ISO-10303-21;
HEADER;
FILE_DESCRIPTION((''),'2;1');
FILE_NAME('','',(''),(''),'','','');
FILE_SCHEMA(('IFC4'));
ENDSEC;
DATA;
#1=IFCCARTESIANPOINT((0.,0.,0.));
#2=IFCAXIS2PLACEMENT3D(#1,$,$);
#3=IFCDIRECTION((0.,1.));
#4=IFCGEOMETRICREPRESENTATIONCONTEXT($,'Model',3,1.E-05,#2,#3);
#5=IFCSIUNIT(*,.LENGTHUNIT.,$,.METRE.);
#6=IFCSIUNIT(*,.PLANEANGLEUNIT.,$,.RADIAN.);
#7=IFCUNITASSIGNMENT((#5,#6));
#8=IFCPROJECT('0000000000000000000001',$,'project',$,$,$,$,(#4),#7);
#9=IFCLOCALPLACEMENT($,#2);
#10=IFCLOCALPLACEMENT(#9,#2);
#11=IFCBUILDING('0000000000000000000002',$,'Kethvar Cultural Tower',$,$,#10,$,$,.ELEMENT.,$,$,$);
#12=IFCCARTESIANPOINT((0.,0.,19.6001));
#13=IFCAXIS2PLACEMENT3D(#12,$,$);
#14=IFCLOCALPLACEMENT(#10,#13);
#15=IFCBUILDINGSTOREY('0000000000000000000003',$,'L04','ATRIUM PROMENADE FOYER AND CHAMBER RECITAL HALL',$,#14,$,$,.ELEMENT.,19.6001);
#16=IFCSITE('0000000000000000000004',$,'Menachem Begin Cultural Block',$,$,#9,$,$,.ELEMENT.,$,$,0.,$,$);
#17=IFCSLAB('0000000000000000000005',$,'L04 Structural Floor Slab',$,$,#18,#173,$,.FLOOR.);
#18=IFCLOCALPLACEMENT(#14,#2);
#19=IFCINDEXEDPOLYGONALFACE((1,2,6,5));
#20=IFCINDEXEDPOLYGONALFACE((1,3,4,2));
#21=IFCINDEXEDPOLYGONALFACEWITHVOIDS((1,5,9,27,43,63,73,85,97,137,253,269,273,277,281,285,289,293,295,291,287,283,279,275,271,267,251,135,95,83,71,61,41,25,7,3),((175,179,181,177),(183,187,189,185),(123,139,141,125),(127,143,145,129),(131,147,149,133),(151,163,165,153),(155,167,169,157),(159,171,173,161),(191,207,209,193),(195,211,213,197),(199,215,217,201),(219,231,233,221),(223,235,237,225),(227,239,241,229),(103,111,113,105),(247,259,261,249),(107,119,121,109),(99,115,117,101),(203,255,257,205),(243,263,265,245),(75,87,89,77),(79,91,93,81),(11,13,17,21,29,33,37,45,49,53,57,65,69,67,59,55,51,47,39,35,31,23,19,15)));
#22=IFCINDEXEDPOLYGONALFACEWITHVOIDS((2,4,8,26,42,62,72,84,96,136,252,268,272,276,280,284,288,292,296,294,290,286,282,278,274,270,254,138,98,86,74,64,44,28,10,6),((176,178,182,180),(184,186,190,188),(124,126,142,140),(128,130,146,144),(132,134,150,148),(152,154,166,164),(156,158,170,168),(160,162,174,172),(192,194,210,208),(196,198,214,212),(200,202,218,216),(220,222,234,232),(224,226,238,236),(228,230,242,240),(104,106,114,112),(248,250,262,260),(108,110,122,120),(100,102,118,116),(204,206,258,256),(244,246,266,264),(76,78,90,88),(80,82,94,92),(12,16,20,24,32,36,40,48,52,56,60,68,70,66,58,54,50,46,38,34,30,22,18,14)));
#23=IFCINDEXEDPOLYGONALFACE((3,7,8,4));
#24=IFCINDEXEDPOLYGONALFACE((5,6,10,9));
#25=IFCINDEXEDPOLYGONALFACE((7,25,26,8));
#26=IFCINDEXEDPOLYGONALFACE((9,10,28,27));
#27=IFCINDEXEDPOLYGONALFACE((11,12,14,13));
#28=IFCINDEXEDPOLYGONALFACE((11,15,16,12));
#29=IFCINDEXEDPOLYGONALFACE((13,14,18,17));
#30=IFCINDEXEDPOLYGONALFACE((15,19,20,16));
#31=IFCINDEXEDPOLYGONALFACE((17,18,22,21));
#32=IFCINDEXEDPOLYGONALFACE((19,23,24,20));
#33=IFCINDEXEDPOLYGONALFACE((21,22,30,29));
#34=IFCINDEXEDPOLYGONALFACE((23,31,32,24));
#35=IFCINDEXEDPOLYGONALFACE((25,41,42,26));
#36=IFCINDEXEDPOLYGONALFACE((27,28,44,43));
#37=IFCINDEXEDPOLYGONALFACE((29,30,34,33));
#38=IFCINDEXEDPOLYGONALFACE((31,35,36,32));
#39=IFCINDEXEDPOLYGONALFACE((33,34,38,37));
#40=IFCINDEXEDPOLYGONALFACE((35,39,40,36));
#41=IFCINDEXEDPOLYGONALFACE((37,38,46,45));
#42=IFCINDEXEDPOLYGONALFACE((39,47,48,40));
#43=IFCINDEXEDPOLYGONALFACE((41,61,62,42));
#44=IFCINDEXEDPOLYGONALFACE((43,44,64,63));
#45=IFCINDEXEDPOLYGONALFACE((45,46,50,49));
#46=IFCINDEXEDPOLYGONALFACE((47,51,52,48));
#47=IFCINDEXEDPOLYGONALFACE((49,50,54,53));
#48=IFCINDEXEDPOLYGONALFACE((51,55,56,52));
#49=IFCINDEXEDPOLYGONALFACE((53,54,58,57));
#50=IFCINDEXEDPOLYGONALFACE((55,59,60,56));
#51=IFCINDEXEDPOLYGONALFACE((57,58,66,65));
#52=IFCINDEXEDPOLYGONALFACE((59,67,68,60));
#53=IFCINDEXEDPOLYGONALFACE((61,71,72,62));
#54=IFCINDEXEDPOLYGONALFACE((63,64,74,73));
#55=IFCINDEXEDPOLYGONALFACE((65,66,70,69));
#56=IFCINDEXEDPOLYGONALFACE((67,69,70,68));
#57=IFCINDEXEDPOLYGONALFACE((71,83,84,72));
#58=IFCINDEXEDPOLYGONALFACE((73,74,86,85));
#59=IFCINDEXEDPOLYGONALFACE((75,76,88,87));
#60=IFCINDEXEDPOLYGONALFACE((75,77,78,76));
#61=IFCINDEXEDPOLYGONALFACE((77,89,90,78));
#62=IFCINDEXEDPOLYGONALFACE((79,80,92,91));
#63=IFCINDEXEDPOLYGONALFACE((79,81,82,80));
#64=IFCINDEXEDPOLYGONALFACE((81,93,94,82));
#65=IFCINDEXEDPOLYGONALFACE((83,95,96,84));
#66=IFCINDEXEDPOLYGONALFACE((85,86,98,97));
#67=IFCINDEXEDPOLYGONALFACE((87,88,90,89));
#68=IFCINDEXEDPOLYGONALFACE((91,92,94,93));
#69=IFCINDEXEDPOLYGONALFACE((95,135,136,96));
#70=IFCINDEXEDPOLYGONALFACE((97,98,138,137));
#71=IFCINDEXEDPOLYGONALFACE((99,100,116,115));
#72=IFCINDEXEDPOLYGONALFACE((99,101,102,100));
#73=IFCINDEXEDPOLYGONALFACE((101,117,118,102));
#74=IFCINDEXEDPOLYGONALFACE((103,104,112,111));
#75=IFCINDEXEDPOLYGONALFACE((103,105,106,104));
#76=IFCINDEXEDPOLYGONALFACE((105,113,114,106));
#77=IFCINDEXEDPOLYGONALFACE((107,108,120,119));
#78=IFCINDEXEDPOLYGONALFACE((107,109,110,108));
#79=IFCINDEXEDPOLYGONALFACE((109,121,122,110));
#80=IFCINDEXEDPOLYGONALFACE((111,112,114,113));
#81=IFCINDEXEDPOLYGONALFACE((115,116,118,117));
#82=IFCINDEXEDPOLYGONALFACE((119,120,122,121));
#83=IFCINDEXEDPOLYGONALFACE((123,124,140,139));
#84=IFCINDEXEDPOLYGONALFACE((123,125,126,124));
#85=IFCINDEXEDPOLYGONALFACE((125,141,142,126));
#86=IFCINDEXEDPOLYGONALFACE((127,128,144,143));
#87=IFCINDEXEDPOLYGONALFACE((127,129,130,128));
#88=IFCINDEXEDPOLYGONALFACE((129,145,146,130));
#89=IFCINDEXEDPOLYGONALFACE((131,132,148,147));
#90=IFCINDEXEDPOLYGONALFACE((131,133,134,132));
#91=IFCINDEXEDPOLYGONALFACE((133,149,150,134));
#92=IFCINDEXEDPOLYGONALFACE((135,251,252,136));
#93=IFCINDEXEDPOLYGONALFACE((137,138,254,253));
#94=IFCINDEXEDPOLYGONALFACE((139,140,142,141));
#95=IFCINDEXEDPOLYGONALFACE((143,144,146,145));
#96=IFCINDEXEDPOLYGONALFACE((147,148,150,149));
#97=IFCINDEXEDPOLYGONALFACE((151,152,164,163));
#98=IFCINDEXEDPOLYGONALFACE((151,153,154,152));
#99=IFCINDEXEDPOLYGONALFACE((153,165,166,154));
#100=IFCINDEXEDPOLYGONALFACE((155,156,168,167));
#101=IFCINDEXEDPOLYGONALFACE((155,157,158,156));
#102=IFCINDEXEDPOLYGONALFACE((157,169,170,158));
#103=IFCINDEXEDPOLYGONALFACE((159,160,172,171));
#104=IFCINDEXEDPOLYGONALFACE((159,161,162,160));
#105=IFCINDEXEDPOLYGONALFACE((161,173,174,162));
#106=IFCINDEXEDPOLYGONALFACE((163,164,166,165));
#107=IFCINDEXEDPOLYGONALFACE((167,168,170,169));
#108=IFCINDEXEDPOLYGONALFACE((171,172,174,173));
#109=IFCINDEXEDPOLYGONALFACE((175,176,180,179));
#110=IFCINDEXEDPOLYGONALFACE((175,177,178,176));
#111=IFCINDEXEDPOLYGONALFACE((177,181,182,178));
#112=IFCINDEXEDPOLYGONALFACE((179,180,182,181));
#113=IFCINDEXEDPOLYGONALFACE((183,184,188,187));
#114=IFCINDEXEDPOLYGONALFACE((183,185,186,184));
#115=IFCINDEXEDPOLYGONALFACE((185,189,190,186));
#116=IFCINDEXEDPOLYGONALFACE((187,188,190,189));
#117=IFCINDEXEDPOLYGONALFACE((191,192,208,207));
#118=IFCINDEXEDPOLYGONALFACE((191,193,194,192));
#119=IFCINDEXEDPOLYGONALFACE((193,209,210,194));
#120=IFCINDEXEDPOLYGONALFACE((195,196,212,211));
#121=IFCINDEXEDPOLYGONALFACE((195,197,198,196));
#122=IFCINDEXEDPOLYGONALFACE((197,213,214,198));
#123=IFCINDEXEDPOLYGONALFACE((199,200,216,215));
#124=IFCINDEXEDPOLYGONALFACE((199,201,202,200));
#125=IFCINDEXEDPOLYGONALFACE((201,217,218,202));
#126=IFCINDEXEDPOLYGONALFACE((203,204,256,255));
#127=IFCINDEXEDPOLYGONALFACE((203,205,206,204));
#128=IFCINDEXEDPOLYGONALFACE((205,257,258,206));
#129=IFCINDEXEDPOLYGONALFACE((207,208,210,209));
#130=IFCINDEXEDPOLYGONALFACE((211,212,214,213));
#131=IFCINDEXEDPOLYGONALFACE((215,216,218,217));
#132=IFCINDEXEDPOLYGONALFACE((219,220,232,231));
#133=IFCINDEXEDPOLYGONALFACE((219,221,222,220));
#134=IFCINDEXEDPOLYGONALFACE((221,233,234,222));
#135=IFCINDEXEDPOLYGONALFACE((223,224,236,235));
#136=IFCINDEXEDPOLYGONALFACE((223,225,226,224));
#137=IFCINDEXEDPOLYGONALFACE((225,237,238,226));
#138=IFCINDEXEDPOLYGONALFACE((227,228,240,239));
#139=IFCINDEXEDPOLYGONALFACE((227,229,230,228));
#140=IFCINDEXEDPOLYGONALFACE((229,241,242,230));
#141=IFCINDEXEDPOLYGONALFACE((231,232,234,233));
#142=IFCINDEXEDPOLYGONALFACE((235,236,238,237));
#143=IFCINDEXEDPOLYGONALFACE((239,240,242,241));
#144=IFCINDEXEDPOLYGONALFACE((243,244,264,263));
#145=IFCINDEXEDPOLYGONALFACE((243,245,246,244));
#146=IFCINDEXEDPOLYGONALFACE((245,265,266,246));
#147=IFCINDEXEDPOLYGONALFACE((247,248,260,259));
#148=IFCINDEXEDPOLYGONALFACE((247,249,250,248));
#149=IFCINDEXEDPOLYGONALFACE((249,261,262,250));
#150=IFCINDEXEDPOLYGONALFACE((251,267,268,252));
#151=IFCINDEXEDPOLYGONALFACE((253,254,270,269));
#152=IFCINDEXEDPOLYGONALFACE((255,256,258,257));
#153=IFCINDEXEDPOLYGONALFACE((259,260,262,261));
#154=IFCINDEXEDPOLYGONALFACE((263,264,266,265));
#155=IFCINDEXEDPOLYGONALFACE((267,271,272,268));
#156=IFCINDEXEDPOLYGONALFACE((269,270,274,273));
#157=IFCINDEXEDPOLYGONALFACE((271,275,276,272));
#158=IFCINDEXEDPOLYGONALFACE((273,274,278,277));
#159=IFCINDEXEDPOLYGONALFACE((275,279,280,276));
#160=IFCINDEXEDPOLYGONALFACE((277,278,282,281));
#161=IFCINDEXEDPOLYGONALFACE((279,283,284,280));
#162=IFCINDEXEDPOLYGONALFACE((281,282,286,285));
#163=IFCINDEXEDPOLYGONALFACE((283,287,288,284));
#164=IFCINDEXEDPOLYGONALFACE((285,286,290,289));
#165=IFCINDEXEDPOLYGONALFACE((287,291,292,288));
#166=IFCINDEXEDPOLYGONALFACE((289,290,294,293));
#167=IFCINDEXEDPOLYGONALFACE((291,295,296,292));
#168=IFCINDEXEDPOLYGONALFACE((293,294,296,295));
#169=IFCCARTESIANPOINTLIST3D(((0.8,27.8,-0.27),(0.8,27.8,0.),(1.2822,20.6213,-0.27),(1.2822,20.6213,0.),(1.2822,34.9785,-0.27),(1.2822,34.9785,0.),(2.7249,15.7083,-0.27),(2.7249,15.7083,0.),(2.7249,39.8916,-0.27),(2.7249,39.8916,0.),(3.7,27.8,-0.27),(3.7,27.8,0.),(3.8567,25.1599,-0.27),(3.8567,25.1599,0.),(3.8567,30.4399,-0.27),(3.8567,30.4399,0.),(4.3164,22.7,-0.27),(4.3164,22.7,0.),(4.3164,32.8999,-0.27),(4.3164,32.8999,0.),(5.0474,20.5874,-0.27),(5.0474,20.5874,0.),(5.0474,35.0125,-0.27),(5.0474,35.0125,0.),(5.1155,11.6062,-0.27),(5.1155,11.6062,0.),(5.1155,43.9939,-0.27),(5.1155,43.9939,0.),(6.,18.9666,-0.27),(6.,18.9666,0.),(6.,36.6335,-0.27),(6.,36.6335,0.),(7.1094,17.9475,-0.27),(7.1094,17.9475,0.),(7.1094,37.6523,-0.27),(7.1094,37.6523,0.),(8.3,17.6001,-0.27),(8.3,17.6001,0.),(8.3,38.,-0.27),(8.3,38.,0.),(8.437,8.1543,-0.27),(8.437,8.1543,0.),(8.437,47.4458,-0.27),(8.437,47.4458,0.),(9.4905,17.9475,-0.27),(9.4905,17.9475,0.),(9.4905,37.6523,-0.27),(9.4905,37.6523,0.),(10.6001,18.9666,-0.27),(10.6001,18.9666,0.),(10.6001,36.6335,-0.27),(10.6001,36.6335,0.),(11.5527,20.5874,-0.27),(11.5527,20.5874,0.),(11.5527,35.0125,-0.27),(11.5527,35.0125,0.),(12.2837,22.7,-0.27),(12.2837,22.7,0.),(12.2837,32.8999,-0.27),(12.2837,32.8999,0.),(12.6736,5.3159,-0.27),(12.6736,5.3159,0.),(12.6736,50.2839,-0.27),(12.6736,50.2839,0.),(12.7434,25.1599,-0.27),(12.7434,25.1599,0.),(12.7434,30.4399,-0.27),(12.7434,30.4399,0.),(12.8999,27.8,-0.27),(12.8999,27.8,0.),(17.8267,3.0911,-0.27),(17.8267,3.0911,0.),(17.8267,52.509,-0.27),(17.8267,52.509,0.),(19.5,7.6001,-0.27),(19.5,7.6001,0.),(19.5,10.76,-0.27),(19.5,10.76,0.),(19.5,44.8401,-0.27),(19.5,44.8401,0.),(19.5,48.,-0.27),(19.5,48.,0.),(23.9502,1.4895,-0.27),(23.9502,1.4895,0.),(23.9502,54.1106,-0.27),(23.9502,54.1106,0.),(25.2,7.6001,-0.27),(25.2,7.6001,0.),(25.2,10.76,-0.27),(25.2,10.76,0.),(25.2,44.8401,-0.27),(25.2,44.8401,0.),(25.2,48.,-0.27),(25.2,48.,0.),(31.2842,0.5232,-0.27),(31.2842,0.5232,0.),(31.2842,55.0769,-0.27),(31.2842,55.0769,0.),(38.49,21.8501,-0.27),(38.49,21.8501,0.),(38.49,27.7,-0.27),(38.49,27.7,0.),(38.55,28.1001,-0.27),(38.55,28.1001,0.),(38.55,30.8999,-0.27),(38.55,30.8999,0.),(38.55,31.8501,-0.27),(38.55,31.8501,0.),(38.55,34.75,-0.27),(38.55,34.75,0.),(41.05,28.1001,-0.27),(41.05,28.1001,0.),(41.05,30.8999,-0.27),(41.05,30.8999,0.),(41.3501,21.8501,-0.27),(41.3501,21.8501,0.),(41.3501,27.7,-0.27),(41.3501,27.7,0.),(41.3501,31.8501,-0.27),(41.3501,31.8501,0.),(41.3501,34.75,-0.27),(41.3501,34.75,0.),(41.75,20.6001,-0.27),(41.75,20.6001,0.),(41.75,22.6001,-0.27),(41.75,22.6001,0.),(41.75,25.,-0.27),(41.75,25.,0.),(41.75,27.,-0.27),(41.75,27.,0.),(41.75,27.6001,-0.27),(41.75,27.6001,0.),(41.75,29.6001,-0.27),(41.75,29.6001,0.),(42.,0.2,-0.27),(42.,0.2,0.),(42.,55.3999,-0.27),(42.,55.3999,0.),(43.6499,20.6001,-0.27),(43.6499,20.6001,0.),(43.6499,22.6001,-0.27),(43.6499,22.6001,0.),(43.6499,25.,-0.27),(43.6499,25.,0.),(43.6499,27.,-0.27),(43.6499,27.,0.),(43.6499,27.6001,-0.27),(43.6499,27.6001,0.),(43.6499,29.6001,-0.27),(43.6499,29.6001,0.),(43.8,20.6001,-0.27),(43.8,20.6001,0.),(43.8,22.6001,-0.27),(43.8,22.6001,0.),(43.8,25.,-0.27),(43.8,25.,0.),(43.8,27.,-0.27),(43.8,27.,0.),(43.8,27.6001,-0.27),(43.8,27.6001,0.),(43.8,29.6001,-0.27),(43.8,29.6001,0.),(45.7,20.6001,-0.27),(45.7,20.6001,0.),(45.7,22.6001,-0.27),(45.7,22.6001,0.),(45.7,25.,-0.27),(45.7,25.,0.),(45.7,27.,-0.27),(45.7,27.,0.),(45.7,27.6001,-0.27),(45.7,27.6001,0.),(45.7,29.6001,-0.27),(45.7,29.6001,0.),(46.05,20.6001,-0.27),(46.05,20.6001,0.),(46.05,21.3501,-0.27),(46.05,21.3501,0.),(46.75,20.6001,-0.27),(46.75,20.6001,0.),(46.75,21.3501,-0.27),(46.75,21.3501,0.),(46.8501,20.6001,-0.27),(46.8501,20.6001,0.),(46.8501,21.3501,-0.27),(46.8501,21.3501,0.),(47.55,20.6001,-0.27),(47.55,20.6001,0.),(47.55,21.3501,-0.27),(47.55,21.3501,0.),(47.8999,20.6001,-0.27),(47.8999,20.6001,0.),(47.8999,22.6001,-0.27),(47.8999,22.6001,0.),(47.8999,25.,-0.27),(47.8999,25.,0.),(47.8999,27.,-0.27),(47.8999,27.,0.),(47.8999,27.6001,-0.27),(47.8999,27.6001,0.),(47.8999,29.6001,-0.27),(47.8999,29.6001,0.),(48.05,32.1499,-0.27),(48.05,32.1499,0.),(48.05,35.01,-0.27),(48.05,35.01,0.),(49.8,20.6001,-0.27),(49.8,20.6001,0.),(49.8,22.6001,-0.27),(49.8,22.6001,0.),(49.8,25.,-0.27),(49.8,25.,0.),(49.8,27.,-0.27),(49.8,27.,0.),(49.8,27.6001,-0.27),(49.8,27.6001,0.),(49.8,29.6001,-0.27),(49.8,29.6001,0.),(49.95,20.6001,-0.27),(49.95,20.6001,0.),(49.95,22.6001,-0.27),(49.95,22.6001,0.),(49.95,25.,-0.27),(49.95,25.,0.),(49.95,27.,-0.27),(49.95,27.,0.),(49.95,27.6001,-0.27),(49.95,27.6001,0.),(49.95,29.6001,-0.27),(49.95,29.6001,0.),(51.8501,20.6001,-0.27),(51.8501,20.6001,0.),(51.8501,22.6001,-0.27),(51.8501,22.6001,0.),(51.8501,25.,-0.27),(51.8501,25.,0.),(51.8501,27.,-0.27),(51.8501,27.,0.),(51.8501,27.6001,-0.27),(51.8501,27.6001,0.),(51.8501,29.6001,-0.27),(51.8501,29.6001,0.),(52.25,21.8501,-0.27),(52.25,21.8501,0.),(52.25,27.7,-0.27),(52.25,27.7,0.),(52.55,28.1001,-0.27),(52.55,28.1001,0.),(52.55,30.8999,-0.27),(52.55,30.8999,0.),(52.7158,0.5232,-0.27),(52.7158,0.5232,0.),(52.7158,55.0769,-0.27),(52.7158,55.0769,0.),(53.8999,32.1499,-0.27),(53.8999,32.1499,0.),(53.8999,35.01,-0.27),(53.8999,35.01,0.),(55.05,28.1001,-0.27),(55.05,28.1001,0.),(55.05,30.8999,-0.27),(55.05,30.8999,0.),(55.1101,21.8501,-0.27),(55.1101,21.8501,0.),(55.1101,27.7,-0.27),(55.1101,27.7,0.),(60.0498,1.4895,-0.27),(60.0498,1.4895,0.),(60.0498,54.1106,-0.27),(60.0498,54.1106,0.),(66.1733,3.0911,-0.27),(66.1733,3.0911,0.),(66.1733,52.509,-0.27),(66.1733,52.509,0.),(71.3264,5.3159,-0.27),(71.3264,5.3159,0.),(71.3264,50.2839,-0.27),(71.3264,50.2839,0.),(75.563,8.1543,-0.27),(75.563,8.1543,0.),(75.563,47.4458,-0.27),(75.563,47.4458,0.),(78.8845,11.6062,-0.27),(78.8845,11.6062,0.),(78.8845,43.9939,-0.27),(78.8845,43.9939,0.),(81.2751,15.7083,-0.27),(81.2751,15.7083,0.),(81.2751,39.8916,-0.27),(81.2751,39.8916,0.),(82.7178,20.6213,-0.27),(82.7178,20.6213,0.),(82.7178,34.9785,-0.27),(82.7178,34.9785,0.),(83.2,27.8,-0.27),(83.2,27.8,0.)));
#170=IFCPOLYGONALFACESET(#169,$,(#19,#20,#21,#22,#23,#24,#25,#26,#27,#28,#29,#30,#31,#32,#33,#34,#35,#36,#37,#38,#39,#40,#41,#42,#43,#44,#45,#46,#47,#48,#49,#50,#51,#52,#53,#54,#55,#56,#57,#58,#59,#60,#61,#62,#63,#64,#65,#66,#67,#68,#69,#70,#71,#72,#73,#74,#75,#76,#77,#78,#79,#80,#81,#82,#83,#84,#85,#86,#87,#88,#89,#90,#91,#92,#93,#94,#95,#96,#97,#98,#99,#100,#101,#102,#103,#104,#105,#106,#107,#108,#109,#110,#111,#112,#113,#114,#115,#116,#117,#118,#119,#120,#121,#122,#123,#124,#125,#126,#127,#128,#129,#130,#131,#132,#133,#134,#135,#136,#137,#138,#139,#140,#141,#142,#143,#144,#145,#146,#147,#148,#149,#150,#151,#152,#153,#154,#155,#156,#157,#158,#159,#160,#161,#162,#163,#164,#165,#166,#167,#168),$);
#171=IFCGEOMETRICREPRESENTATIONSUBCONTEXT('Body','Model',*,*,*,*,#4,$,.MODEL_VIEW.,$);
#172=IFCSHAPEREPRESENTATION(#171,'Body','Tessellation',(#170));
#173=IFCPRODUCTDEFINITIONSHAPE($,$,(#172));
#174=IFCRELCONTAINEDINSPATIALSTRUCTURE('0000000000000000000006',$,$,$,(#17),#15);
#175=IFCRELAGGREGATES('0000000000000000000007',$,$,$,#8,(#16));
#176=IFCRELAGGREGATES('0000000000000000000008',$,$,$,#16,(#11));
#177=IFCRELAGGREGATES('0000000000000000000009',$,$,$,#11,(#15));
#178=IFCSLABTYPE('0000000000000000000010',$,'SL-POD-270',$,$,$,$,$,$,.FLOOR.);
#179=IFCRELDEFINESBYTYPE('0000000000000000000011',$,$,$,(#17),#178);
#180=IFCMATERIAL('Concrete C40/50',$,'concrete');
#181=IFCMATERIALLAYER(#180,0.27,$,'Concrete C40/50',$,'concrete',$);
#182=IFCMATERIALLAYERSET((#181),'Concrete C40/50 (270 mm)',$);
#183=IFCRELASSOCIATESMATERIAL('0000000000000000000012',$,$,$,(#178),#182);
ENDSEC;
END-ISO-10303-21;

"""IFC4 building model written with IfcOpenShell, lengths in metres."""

from ifc_helpers import new_model, si_unit, direction, frame, origin, place, context, subcontext, project, spatial, polyline, outline, extrude, material, layer, layer_set, type_object, element, save


model = new_model("IFC4")

# Units and contexts
model_context = context("Model", 3, precision=1e-05, world=origin(), true_north=direction((0.0, 1.0)))
body_context = subcontext(model_context, "Body", "Model", "MODEL_VIEW")
ifc_project = project(units=[si_unit("LENGTHUNIT", "METRE"), si_unit("PLANEANGLEUNIT", "RADIAN")], contexts=[model_context])

# Site, building, storey
site_placement = place(None, origin())
site = spatial("IfcSite", under=ifc_project, at=site_placement, Name="Menachem Begin Cultural Block", CompositionType="ELEMENT", RefElevation=0.0)
building_placement = place(site_placement, origin())
building = spatial("IfcBuilding", under=site, at=building_placement, Name="Kethvar Cultural Tower", CompositionType="ELEMENT")
storey_placement = place(building_placement, frame((0.0, 0.0, 19.6001)))
storey = spatial("IfcBuildingStorey", under=building, at=storey_placement, Name="L04", Description="ATRIUM PROMENADE FOYER AND CHAMBER RECITAL HALL", CompositionType="ELEMENT", Elevation=19.6001)

# Slab
ifc_material_1 = material(Name="Concrete C40/50", Category="concrete")
ifc_layer_1 = layer(ifc_material_1, 0.27, Name="Concrete C40/50", Category="concrete")
ifc_layer_set_1 = layer_set([ifc_layer_1], Name="Concrete C40/50 (270 mm)")
slab_type_1 = type_object("IfcSlabType", Name="SL-POD-270", PredefinedType="FLOOR", material=ifc_layer_set_1)
slab_1_placement = place(storey_placement, frame((0.0, 0.0, -0.27)))
element("IfcSlab", 1, at=slab_1_placement, inside=storey, type_object=slab_type_1, Name="L04 Structural Floor Slab", PredefinedType="FLOOR", context=body_context, shape_type="SweptSolid", body=[
    extrude(outline(polyline([(83.2, 27.8), (82.7178, 34.9785), (81.2751, 39.8916), (78.8845, 43.9939), (75.563, 47.4458), (71.3264, 50.2839), (66.1733, 52.509), (60.0498, 54.1106), (52.7158, 55.0769), (42.0, 55.3999), (31.2842, 55.0769), (23.9502, 54.1106), (17.8267, 52.509), (12.6736, 50.2839), (8.437, 47.4458), (5.1155, 43.9939), (2.7249, 39.8916), (1.2822, 34.9785), (0.8, 27.8), (1.2822, 20.6213), (2.7249, 15.7083), (5.1155, 11.6062), (8.437, 8.1543), (12.6736, 5.3159), (17.8267, 3.0911), (23.9502, 1.4895), (31.2842, 0.5232), (42.0, 0.2), (52.7158, 0.5232), (60.0498, 1.4895), (66.1733, 3.0911), (71.3264, 5.3159), (75.563, 8.1543), (78.8845, 11.6062), (81.2751, 15.7083), (82.7178, 20.6213), (83.2, 27.8)]), holes=[polyline([(38.49, 21.8501), (38.49, 27.7), (41.3501, 27.7), (41.3501, 21.8501), (38.49, 21.8501)]), polyline([(52.25, 21.8501), (52.25, 27.7), (55.1101, 27.7), (55.1101, 21.8501), (52.25, 21.8501)]), polyline([(53.8999, 32.1499), (48.05, 32.1499), (48.05, 35.01), (53.8999, 35.01), (53.8999, 32.1499)]), polyline([(19.5, 10.76), (25.2, 10.76), (25.2, 7.6001), (19.5, 7.6001), (19.5, 10.76)]), polyline([(19.5, 48.0), (25.2, 48.0), (25.2, 44.8401), (19.5, 44.8401), (19.5, 48.0)]), polyline([(41.75, 22.6001), (43.6499, 22.6001), (43.6499, 20.6001), (41.75, 20.6001), (41.75, 22.6001)]), polyline([(43.8, 22.6001), (45.7, 22.6001), (45.7, 20.6001), (43.8, 20.6001), (43.8, 22.6001)]), polyline([(47.8999, 22.6001), (49.8, 22.6001), (49.8, 20.6001), (47.8999, 20.6001), (47.8999, 22.6001)]), polyline([(49.95, 22.6001), (51.8501, 22.6001), (51.8501, 20.6001), (49.95, 20.6001), (49.95, 22.6001)]), polyline([(41.75, 27.0), (43.6499, 27.0), (43.6499, 25.0), (41.75, 25.0), (41.75, 27.0)]), polyline([(43.8, 27.0), (45.7, 27.0), (45.7, 25.0), (43.8, 25.0), (43.8, 27.0)]), polyline([(47.8999, 27.0), (49.8, 27.0), (49.8, 25.0), (47.8999, 25.0), (47.8999, 27.0)]), polyline([(49.95, 27.0), (51.8501, 27.0), (51.8501, 25.0), (49.95, 25.0), (49.95, 27.0)]), polyline([(41.75, 29.6001), (43.6499, 29.6001), (43.6499, 27.6001), (41.75, 27.6001), (41.75, 29.6001)]), polyline([(43.8, 29.6001), (45.7, 29.6001), (45.7, 27.6001), (43.8, 27.6001), (43.8, 29.6001)]), polyline([(47.8999, 29.6001), (49.8, 29.6001), (49.8, 27.6001), (47.8999, 27.6001), (47.8999, 29.6001)]), polyline([(49.95, 29.6001), (51.8501, 29.6001), (51.8501, 27.6001), (49.95, 27.6001), (49.95, 29.6001)]), polyline([(38.55, 30.8999), (41.05, 30.8999), (41.05, 28.1001), (38.55, 28.1001), (38.55, 30.8999)]), polyline([(52.55, 30.8999), (55.05, 30.8999), (55.05, 28.1001), (52.55, 28.1001), (52.55, 30.8999)]), polyline([(38.55, 34.75), (41.3501, 34.75), (41.3501, 31.8501), (38.55, 31.8501), (38.55, 34.75)]), polyline([(46.05, 21.3501), (46.75, 21.3501), (46.75, 20.6001), (46.05, 20.6001), (46.05, 21.3501)]), polyline([(46.8501, 21.3501), (47.55, 21.3501), (47.55, 20.6001), (46.8501, 20.6001), (46.8501, 21.3501)]), polyline([(12.7434, 25.1599), (12.2837, 22.7), (11.5527, 20.5874), (10.6001, 18.9666), (9.4905, 17.9475), (8.3, 17.6001), (7.1094, 17.9475), (6.0, 18.9666), (5.0474, 20.5874), (4.3164, 22.7), (3.8567, 25.1599), (3.7, 27.8), (3.8567, 30.4399), (4.3164, 32.8999), (5.0474, 35.0125), (6.0, 36.6335), (7.1094, 37.6523), (8.3, 38.0), (9.4905, 37.6523), (10.6001, 36.6335), (11.5527, 35.0125), (12.2837, 32.8999), (12.7434, 30.4399), (12.8999, 27.8), (12.7434, 25.1599)])]), origin(), (0.0, 0.0, 1.0), 0.27),
])

save(model, "model.ifc")
